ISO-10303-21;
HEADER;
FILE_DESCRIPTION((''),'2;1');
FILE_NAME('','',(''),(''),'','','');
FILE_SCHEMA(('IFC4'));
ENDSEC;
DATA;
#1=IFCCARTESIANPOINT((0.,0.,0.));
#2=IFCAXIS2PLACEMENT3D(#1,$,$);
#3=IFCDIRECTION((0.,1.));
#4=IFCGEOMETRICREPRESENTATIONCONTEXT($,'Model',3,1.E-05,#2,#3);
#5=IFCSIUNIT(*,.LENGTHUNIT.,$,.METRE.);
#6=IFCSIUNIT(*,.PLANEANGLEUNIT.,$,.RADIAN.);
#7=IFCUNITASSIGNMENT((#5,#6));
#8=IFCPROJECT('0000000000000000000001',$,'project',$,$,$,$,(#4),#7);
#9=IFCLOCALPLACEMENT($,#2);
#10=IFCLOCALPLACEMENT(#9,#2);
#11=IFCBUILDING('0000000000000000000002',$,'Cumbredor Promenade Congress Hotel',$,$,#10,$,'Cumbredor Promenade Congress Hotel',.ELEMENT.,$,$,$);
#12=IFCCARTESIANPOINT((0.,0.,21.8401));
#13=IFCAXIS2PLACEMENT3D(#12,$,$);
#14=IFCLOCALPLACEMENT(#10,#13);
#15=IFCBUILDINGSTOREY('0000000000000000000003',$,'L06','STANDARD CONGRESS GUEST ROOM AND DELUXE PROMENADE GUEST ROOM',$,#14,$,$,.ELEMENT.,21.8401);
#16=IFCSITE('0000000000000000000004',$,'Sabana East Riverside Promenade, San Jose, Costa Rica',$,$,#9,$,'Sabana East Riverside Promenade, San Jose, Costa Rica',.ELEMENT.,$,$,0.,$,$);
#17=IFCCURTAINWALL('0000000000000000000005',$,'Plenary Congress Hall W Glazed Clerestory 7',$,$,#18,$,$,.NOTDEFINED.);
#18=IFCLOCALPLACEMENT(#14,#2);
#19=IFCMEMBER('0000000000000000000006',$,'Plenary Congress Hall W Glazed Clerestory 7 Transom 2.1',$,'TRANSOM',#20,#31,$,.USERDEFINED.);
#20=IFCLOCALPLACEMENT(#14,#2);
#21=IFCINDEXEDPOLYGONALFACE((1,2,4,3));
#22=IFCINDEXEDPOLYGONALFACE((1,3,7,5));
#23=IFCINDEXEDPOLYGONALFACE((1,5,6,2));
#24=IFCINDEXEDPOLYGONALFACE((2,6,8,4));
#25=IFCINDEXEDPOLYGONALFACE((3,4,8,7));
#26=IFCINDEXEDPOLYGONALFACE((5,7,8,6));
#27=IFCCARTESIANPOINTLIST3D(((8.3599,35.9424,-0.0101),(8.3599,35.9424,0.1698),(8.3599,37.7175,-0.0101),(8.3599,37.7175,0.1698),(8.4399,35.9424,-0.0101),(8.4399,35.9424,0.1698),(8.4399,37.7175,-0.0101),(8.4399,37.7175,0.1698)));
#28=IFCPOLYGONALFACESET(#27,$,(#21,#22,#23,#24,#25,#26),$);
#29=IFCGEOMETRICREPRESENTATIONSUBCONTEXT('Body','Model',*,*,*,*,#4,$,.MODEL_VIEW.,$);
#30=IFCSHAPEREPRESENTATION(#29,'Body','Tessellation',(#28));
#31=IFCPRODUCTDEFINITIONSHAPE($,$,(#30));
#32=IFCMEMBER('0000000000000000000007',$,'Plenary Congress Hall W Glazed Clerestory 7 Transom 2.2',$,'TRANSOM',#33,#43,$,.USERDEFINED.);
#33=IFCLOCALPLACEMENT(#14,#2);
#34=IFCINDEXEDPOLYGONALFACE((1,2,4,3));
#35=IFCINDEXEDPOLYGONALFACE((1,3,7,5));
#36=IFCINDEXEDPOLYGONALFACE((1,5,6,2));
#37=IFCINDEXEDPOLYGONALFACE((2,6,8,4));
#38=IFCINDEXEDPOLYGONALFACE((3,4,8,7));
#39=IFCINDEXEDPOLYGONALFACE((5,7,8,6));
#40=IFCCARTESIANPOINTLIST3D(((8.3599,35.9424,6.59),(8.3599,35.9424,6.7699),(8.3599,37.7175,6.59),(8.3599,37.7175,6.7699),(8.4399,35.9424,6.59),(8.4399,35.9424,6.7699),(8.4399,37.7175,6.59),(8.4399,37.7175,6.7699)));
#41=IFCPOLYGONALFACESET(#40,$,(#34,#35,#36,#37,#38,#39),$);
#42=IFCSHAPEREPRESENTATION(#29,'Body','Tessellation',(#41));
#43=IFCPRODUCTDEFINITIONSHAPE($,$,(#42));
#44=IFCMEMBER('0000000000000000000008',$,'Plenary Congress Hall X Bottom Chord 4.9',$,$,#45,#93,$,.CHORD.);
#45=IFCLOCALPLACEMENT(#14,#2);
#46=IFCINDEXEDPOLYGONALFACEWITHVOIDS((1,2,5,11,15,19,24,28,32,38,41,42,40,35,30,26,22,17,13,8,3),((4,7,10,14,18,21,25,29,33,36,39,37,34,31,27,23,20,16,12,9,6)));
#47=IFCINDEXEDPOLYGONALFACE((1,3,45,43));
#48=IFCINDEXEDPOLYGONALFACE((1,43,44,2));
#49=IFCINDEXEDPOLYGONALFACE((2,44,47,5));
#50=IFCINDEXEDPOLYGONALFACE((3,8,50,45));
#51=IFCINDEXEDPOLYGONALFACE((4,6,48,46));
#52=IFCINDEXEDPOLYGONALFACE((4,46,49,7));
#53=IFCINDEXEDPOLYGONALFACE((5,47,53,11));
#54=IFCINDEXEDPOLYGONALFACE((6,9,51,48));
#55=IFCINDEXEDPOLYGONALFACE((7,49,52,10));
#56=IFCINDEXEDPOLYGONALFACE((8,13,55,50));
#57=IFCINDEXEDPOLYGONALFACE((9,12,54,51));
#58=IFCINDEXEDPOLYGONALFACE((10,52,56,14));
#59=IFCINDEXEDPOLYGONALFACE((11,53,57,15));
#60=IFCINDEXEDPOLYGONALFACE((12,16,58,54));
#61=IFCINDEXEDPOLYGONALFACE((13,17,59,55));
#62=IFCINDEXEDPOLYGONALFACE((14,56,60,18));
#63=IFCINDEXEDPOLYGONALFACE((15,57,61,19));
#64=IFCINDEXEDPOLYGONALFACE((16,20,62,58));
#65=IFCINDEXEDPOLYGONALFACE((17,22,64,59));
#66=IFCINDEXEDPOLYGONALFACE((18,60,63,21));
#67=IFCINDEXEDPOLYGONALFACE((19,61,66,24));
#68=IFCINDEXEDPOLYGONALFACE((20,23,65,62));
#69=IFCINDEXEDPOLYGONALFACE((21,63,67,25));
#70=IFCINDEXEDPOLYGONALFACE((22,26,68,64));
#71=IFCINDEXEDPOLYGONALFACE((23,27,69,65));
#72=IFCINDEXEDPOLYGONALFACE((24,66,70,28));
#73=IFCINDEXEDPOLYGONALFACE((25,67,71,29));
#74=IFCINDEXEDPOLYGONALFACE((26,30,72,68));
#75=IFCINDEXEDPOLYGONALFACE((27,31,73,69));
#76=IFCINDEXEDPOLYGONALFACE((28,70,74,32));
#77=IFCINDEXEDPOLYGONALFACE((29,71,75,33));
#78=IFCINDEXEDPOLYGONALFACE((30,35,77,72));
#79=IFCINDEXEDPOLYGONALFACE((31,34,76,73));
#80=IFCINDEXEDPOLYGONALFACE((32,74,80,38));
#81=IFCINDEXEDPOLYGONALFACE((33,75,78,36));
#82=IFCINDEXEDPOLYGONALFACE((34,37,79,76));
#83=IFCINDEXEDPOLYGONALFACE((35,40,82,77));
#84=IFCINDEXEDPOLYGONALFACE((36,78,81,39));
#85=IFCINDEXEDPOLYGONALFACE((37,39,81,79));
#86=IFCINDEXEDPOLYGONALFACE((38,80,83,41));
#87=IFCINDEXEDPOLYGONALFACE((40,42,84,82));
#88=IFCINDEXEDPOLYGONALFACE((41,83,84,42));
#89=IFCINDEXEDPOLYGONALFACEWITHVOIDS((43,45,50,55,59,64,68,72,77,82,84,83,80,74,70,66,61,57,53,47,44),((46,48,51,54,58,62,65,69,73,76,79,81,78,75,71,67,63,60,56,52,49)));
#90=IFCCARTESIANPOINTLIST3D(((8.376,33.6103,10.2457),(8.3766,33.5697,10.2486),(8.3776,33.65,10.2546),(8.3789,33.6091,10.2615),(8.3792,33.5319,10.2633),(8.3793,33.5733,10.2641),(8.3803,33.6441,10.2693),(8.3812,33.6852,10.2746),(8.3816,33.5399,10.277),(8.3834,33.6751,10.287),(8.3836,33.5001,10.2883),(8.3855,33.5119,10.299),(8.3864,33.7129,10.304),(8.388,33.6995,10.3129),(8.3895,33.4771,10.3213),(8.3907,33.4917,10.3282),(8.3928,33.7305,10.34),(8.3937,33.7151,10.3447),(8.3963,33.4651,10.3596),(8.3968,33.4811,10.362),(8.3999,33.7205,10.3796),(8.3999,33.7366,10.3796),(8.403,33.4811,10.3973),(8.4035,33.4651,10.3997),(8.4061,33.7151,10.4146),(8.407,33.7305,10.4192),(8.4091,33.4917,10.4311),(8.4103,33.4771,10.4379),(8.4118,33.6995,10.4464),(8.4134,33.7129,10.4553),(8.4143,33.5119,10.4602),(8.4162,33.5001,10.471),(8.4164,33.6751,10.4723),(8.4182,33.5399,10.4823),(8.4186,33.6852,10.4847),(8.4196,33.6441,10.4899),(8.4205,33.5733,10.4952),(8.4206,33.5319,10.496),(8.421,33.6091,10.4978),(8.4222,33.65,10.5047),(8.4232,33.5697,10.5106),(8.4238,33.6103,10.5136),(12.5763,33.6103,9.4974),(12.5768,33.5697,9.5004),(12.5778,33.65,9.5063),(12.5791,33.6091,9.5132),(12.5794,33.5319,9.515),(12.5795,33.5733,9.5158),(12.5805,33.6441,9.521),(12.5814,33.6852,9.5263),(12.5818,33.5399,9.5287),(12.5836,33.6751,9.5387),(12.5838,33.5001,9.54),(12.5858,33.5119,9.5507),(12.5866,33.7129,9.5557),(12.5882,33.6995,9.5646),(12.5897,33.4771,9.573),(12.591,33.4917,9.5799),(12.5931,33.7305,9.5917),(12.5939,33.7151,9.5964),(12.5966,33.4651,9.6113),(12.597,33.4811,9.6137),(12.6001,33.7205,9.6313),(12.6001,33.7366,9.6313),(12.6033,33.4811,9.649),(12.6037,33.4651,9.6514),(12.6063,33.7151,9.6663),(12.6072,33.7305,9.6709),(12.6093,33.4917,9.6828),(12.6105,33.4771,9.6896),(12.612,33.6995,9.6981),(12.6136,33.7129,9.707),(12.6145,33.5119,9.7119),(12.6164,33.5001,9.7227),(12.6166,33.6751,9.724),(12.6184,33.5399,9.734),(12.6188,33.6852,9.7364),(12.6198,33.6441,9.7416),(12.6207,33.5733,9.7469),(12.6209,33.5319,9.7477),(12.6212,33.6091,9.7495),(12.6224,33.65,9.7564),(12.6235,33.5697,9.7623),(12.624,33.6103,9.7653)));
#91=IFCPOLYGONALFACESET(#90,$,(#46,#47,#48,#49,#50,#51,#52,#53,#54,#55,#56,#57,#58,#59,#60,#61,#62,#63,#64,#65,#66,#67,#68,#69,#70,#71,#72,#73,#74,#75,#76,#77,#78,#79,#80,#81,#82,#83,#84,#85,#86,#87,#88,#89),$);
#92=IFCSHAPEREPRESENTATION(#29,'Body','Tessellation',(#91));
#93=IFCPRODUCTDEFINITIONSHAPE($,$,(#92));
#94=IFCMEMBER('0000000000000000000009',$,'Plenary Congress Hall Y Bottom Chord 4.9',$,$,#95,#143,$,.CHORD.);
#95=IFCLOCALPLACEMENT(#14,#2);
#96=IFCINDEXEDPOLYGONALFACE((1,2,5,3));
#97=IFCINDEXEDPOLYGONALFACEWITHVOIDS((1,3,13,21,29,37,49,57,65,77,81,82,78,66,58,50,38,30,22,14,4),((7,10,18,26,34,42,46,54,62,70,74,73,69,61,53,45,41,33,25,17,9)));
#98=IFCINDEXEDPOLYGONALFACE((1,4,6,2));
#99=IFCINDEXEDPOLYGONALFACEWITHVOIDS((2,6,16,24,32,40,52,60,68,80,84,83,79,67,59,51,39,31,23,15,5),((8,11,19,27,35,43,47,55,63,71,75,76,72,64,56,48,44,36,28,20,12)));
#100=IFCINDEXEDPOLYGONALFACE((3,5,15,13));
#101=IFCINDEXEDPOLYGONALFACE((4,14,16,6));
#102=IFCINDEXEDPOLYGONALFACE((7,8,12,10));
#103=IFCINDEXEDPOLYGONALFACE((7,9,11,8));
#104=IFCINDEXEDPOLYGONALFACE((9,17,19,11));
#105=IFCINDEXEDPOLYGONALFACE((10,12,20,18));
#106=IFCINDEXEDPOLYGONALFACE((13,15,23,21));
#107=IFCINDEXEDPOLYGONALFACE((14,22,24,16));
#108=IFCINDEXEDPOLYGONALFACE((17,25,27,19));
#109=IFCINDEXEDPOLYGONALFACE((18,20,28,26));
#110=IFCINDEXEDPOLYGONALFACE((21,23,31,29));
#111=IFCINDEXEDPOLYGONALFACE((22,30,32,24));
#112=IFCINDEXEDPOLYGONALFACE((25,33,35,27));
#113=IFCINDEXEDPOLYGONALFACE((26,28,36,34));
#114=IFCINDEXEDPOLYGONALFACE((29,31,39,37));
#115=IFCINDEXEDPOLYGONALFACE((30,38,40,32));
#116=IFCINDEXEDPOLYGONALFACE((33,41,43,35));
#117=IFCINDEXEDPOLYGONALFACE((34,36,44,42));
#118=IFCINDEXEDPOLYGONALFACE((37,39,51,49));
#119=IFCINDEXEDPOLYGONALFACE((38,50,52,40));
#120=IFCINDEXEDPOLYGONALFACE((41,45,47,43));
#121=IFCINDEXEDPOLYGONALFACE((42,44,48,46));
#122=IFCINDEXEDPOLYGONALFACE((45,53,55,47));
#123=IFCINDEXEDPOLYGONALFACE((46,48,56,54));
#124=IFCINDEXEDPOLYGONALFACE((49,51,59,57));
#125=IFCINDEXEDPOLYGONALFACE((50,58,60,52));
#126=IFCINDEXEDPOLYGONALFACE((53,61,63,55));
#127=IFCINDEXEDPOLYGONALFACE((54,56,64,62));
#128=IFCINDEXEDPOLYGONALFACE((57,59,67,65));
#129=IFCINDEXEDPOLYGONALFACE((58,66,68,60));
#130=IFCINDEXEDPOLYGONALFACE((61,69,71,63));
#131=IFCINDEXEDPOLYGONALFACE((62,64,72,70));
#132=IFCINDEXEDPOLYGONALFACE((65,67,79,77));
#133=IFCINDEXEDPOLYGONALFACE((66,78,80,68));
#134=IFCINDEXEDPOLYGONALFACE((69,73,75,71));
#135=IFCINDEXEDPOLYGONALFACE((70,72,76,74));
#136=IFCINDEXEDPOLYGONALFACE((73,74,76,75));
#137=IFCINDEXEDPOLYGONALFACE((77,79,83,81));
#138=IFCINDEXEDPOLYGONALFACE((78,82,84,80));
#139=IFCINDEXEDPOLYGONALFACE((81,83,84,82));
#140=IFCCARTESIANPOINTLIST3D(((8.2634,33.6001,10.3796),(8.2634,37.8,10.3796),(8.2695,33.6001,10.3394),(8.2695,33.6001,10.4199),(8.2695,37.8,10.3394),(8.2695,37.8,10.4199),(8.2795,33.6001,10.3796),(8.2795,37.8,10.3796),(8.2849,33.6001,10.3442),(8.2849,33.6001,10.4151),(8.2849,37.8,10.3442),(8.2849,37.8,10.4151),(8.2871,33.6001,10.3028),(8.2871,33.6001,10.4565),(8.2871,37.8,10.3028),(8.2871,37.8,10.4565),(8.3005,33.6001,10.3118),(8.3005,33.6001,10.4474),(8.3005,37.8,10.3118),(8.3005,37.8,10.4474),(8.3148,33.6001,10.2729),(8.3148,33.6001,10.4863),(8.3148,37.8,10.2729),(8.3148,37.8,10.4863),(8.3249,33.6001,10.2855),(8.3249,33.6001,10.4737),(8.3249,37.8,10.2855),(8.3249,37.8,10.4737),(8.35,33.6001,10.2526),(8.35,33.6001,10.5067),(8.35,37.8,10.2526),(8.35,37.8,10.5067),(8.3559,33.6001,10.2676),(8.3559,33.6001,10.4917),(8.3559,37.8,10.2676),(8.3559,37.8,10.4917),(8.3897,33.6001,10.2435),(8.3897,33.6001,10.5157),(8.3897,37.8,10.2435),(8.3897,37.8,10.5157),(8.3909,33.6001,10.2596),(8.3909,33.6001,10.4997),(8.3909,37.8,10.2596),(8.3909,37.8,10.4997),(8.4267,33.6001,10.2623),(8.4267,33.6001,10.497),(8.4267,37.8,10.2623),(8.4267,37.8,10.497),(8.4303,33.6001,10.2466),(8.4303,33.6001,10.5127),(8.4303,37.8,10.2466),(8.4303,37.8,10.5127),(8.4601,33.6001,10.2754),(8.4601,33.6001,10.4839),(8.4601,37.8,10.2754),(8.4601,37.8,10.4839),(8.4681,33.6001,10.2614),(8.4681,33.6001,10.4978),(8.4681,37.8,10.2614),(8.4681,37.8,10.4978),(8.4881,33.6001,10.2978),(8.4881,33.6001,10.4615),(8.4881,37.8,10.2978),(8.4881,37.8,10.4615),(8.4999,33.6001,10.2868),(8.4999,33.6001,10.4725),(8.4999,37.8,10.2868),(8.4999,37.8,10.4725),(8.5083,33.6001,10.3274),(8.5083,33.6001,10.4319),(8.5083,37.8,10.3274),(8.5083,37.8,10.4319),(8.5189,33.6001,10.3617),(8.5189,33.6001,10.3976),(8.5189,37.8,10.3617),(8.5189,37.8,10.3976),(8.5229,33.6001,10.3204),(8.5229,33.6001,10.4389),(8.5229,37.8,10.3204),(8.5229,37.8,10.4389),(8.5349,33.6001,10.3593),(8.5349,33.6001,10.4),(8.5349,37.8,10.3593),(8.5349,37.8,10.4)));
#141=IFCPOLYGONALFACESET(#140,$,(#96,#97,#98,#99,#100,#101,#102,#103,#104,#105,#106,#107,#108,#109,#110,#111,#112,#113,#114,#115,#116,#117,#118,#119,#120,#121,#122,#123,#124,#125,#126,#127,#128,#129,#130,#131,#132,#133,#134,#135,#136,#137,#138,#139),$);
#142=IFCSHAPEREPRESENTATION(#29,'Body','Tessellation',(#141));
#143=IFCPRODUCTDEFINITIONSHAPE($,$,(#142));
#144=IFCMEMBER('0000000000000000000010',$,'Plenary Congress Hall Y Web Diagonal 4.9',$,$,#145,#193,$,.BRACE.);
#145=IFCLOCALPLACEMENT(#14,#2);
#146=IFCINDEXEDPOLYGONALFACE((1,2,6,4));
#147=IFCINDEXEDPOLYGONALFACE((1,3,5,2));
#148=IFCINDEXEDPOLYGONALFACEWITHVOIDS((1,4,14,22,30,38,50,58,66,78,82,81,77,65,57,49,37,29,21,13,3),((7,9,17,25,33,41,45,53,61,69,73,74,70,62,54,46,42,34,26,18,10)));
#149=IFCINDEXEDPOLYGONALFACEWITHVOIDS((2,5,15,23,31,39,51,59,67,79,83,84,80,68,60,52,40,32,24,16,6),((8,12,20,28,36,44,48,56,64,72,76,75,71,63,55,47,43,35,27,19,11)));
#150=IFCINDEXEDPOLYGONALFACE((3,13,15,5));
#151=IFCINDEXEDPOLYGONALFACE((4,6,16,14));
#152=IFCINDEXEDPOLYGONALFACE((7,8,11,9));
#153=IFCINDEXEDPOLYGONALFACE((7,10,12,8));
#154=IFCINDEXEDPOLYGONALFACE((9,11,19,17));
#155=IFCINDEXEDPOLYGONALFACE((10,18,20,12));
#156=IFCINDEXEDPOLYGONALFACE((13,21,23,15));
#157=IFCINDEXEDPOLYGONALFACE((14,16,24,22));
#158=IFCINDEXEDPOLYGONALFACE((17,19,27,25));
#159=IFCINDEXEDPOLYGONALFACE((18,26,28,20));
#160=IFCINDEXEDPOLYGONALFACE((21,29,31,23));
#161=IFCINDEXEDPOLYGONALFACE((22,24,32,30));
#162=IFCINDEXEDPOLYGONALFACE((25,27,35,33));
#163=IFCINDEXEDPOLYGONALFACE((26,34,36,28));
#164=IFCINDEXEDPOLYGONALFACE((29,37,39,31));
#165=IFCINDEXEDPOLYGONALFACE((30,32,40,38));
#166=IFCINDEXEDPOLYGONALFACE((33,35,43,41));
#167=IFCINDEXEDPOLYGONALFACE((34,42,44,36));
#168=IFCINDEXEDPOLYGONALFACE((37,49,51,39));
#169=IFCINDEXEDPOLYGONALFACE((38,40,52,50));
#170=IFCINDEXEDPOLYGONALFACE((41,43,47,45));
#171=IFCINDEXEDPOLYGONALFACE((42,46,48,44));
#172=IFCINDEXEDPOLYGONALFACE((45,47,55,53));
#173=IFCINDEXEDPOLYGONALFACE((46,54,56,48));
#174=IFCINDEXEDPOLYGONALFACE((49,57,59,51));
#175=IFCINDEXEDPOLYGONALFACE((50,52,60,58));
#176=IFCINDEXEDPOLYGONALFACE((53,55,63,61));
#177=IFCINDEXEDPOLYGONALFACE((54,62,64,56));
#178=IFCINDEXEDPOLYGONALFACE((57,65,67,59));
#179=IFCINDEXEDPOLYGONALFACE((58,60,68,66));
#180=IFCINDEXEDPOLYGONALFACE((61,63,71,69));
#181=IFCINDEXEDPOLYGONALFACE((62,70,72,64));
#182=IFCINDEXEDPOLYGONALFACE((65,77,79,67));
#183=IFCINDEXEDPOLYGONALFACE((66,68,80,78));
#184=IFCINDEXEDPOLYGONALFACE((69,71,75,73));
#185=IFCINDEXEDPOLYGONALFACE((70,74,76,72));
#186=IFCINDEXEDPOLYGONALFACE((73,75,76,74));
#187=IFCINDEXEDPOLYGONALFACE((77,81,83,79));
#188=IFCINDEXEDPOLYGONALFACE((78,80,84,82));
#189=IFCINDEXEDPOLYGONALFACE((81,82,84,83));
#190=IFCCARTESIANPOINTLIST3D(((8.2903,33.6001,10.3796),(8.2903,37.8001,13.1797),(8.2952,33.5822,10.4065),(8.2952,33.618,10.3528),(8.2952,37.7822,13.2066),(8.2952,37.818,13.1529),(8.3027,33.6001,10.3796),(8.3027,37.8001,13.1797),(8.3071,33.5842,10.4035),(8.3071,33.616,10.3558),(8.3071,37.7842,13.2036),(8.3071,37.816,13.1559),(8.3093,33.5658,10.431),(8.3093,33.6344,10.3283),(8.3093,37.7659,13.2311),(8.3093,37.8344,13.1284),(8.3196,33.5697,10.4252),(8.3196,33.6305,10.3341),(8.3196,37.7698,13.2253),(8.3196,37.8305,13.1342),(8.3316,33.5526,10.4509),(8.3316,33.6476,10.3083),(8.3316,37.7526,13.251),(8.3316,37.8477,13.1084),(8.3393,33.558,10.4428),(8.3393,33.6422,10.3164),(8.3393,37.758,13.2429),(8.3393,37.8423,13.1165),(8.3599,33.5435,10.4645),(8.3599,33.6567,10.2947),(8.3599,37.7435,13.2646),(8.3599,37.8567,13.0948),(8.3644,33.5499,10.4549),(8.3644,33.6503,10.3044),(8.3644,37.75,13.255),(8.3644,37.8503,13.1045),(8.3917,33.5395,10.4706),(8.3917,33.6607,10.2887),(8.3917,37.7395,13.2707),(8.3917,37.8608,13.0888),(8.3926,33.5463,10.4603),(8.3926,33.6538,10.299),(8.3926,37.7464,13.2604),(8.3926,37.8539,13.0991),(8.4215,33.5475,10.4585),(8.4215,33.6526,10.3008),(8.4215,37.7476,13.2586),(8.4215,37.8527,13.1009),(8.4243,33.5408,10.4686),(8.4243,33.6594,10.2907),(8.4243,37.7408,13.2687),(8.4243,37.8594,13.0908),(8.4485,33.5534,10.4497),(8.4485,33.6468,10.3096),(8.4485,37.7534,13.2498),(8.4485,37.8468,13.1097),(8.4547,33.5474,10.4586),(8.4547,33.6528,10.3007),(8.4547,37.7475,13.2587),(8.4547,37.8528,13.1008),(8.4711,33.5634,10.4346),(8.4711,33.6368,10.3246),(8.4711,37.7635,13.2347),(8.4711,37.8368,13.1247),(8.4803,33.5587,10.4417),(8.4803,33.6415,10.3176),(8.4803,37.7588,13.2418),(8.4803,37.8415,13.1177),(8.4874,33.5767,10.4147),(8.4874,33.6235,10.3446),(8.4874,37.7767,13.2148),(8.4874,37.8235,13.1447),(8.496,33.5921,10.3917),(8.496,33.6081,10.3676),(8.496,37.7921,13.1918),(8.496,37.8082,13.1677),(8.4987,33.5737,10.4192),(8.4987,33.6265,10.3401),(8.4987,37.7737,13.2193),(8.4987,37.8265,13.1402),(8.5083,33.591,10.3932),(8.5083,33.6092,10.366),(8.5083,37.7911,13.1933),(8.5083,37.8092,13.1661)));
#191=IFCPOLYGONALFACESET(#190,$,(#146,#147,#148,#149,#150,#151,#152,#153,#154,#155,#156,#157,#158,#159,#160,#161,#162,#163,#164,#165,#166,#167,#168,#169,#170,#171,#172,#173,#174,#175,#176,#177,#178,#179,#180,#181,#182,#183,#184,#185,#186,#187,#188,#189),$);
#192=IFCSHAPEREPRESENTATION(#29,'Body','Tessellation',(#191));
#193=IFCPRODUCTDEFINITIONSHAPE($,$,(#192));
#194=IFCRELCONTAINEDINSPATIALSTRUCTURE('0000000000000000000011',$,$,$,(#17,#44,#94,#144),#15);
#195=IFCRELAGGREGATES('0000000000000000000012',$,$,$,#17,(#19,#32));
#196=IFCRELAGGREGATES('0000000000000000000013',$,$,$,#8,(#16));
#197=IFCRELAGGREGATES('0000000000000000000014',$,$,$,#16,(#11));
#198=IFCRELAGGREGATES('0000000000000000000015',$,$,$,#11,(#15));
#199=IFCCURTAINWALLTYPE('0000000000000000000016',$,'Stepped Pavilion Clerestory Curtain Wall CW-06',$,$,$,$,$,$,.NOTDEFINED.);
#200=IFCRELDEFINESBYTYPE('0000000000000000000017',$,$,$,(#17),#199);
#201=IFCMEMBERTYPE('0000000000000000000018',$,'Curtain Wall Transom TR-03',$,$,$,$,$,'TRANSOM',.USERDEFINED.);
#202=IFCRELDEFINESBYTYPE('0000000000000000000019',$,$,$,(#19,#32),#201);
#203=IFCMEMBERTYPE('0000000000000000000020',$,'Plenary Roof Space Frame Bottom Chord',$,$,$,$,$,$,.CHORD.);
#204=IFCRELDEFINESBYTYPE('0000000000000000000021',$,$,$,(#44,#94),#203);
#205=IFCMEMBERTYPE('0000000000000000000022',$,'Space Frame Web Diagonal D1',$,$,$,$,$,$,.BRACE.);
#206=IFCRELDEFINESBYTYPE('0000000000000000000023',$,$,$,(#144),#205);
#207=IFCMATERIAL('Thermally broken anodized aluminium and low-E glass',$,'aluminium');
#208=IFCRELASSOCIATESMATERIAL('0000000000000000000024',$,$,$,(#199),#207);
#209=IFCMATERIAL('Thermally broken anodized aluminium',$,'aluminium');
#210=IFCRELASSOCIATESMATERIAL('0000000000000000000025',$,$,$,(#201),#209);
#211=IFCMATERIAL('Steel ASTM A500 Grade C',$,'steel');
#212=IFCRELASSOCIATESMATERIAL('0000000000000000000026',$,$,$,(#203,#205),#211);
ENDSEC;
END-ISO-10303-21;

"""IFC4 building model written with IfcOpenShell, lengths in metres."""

from ifc_helpers import new_model, si_unit, direction, frame, origin, origin_2d, place, context, subcontext, project, spatial, rectangle, hollow_circle, extrude, material, material_profile, profile_set, type_object, element, aggregate, save


model = new_model("IFC4")

# Units and contexts
model_context = context("Model", 3, precision=1e-05, world=origin(), true_north=direction((0.0, 1.0)))
body_context = subcontext(model_context, "Body", "Model", "MODEL_VIEW")
ifc_project = project(units=[si_unit("LENGTHUNIT", "METRE"), si_unit("PLANEANGLEUNIT", "RADIAN")], contexts=[model_context])

# Site, building, storey
site_placement = place(None, origin())
site = spatial("IfcSite", under=ifc_project, at=site_placement, Name="Sabana East Riverside Promenade, San Jose, Costa Rica", LongName="Sabana East Riverside Promenade, San Jose, Costa Rica", CompositionType="ELEMENT", RefElevation=0.0)
building_placement = place(site_placement, origin())
building = spatial("IfcBuilding", under=site, at=building_placement, Name="Cumbredor Promenade Congress Hotel", LongName="Cumbredor Promenade Congress Hotel", CompositionType="ELEMENT")
storey_placement = place(building_placement, frame((0.0, 0.0, 21.8401)))
storey = spatial("IfcBuildingStorey", under=building, at=storey_placement, Name="L06", Description="STANDARD CONGRESS GUEST ROOM AND DELUXE PROMENADE GUEST ROOM", CompositionType="ELEMENT", Elevation=21.8401)

# Shared definitions
ifc_material_1 = material(Name="Thermally broken anodized aluminium and low-E glass", Category="aluminium")
curtain_wall_type = type_object("IfcCurtainWallType", Name="Stepped Pavilion Clerestory Curtain Wall CW-06", PredefinedType="NOTDEFINED", material=ifc_material_1)
ifc_material_2 = material(Name="Thermally broken anodized aluminium", Category="aluminium")

# Curtain wall
curtain_wall_1_placement = place(storey_placement, origin())
curtain_wall_1 = element("IfcCurtainWall", 1, at=curtain_wall_1_placement, inside=storey, type_object=curtain_wall_type, Name="Plenary Congress Hall W Glazed Clerestory 7", PredefinedType="NOTDEFINED")

# Members
ifc_material_profile_1 = material_profile(ifc_material_2, rectangle(XDim=0.0801, YDim=0.1799, at=origin_2d()), Name="ALU TRANSOM 80x180")
ifc_profile_set_1 = profile_set([ifc_material_profile_1], Name="Thermally broken anodized aluminium")
member_type_1 = type_object("IfcMemberType", Name="Curtain Wall Transom TR-03", ElementType="TRANSOM", PredefinedType="USERDEFINED", material=ifc_profile_set_1)
member_1_placement = place(storey_placement, frame((8.3999, 35.9424, 0.0798), z_axis=(0.0, 1.0, 0.0), x_axis=(-1.0, 0.0, 0.0)))
member_1 = element("IfcMember", 2, at=member_1_placement, type_object=member_type_1, Name="Plenary Congress Hall W Glazed Clerestory 7 Transom 2.1", ObjectType="TRANSOM", PredefinedType="USERDEFINED", context=body_context, shape_type="SweptSolid", body=[
    extrude(rectangle(XDim=0.0801, YDim=0.1799, at=origin_2d()), origin(), (0.0, 0.0, 1.0), 1.7751),
])
member_2_placement = place(storey_placement, frame((8.3999, 35.9424, 6.6799), z_axis=(0.0, 1.0, 0.0), x_axis=(-1.0, 0.0, 0.0)))
member_2 = element("IfcMember", 3, at=member_2_placement, type_object=member_type_1, Name="Plenary Congress Hall W Glazed Clerestory 7 Transom 2.2", ObjectType="TRANSOM", PredefinedType="USERDEFINED", context=body_context, shape_type="SweptSolid", body=[
    extrude(rectangle(XDim=0.0801, YDim=0.1799, at=origin_2d()), origin(), (0.0, 0.0, 1.0), 1.7751),
])

# Members
ifc_material_3 = material(Name="Steel ASTM A500 Grade C", Category="steel")
ifc_material_profile_2 = material_profile(ifc_material_3, hollow_circle(Radius=0.1365, WallThickness=0.0161, at=origin_2d()), Name="CHS 273.0x16")
ifc_profile_set_2 = profile_set([ifc_material_profile_2], Name="Steel ASTM A500 Grade C")
member_type_2 = type_object("IfcMemberType", Name="Plenary Roof Space Frame Bottom Chord", PredefinedType="CHORD", material=ifc_profile_set_2)
member_3_placement = place(storey_placement, frame((8.3999, 33.6001, 10.3796), z_axis=(0.984498, 0.0, -0.175395), x_axis=(0.0, 1.0, 0.0)))
element("IfcMember", 4, at=member_3_placement, inside=storey, type_object=member_type_2, Name="Plenary Congress Hall X Bottom Chord 4.9", PredefinedType="CHORD", context=body_context, shape_type="SweptSolid", body=[
    extrude(hollow_circle(Radius=0.1365, WallThickness=0.0161, at=origin_2d()), origin(), (0.0, 0.0, 1.0), 4.2664),
])
member_4_placement = place(storey_placement, frame((8.3999, 33.6001, 10.3796), z_axis=(0.0, 1.0, 0.0), x_axis=(-1.0, 0.0, 0.0)))
element("IfcMember", 5, at=member_4_placement, inside=storey, type_object=member_type_2, Name="Plenary Congress Hall Y Bottom Chord 4.9", PredefinedType="CHORD", context=body_context, shape_type="SweptSolid", body=[
    extrude(hollow_circle(Radius=0.1365, WallThickness=0.0161, at=origin_2d()), origin(), (0.0, 0.0, 1.0), 4.2),
])
ifc_material_profile_3 = material_profile(ifc_material_3, hollow_circle(Radius=0.1096, WallThickness=0.0125, at=origin_2d()), Name="CHS 219.1x12.5")
ifc_profile_set_3 = profile_set([ifc_material_profile_3], Name="Steel ASTM A500 Grade C")
member_type_3 = type_object("IfcMemberType", Name="Space Frame Web Diagonal D1", PredefinedType="BRACE", material=ifc_profile_set_3)
member_5_placement = place(storey_placement, frame((8.3999, 33.6001, 10.3796), z_axis=(0.0, 0.832043, 0.554711), x_axis=(-1.0, 0.0, 0.0)))
element("IfcMember", 6, at=member_5_placement, inside=storey, type_object=member_type_3, Name="Plenary Congress Hall Y Web Diagonal 4.9", PredefinedType="BRACE", context=body_context, shape_type="SweptSolid", body=[
    extrude(hollow_circle(Radius=0.1096, WallThickness=0.0125, at=origin_2d()), origin(), (0.0, 0.0, 1.0), 5.0479),
])

aggregate(curtain_wall_1, [member_1, member_2])

save(model, "model.ifc")
